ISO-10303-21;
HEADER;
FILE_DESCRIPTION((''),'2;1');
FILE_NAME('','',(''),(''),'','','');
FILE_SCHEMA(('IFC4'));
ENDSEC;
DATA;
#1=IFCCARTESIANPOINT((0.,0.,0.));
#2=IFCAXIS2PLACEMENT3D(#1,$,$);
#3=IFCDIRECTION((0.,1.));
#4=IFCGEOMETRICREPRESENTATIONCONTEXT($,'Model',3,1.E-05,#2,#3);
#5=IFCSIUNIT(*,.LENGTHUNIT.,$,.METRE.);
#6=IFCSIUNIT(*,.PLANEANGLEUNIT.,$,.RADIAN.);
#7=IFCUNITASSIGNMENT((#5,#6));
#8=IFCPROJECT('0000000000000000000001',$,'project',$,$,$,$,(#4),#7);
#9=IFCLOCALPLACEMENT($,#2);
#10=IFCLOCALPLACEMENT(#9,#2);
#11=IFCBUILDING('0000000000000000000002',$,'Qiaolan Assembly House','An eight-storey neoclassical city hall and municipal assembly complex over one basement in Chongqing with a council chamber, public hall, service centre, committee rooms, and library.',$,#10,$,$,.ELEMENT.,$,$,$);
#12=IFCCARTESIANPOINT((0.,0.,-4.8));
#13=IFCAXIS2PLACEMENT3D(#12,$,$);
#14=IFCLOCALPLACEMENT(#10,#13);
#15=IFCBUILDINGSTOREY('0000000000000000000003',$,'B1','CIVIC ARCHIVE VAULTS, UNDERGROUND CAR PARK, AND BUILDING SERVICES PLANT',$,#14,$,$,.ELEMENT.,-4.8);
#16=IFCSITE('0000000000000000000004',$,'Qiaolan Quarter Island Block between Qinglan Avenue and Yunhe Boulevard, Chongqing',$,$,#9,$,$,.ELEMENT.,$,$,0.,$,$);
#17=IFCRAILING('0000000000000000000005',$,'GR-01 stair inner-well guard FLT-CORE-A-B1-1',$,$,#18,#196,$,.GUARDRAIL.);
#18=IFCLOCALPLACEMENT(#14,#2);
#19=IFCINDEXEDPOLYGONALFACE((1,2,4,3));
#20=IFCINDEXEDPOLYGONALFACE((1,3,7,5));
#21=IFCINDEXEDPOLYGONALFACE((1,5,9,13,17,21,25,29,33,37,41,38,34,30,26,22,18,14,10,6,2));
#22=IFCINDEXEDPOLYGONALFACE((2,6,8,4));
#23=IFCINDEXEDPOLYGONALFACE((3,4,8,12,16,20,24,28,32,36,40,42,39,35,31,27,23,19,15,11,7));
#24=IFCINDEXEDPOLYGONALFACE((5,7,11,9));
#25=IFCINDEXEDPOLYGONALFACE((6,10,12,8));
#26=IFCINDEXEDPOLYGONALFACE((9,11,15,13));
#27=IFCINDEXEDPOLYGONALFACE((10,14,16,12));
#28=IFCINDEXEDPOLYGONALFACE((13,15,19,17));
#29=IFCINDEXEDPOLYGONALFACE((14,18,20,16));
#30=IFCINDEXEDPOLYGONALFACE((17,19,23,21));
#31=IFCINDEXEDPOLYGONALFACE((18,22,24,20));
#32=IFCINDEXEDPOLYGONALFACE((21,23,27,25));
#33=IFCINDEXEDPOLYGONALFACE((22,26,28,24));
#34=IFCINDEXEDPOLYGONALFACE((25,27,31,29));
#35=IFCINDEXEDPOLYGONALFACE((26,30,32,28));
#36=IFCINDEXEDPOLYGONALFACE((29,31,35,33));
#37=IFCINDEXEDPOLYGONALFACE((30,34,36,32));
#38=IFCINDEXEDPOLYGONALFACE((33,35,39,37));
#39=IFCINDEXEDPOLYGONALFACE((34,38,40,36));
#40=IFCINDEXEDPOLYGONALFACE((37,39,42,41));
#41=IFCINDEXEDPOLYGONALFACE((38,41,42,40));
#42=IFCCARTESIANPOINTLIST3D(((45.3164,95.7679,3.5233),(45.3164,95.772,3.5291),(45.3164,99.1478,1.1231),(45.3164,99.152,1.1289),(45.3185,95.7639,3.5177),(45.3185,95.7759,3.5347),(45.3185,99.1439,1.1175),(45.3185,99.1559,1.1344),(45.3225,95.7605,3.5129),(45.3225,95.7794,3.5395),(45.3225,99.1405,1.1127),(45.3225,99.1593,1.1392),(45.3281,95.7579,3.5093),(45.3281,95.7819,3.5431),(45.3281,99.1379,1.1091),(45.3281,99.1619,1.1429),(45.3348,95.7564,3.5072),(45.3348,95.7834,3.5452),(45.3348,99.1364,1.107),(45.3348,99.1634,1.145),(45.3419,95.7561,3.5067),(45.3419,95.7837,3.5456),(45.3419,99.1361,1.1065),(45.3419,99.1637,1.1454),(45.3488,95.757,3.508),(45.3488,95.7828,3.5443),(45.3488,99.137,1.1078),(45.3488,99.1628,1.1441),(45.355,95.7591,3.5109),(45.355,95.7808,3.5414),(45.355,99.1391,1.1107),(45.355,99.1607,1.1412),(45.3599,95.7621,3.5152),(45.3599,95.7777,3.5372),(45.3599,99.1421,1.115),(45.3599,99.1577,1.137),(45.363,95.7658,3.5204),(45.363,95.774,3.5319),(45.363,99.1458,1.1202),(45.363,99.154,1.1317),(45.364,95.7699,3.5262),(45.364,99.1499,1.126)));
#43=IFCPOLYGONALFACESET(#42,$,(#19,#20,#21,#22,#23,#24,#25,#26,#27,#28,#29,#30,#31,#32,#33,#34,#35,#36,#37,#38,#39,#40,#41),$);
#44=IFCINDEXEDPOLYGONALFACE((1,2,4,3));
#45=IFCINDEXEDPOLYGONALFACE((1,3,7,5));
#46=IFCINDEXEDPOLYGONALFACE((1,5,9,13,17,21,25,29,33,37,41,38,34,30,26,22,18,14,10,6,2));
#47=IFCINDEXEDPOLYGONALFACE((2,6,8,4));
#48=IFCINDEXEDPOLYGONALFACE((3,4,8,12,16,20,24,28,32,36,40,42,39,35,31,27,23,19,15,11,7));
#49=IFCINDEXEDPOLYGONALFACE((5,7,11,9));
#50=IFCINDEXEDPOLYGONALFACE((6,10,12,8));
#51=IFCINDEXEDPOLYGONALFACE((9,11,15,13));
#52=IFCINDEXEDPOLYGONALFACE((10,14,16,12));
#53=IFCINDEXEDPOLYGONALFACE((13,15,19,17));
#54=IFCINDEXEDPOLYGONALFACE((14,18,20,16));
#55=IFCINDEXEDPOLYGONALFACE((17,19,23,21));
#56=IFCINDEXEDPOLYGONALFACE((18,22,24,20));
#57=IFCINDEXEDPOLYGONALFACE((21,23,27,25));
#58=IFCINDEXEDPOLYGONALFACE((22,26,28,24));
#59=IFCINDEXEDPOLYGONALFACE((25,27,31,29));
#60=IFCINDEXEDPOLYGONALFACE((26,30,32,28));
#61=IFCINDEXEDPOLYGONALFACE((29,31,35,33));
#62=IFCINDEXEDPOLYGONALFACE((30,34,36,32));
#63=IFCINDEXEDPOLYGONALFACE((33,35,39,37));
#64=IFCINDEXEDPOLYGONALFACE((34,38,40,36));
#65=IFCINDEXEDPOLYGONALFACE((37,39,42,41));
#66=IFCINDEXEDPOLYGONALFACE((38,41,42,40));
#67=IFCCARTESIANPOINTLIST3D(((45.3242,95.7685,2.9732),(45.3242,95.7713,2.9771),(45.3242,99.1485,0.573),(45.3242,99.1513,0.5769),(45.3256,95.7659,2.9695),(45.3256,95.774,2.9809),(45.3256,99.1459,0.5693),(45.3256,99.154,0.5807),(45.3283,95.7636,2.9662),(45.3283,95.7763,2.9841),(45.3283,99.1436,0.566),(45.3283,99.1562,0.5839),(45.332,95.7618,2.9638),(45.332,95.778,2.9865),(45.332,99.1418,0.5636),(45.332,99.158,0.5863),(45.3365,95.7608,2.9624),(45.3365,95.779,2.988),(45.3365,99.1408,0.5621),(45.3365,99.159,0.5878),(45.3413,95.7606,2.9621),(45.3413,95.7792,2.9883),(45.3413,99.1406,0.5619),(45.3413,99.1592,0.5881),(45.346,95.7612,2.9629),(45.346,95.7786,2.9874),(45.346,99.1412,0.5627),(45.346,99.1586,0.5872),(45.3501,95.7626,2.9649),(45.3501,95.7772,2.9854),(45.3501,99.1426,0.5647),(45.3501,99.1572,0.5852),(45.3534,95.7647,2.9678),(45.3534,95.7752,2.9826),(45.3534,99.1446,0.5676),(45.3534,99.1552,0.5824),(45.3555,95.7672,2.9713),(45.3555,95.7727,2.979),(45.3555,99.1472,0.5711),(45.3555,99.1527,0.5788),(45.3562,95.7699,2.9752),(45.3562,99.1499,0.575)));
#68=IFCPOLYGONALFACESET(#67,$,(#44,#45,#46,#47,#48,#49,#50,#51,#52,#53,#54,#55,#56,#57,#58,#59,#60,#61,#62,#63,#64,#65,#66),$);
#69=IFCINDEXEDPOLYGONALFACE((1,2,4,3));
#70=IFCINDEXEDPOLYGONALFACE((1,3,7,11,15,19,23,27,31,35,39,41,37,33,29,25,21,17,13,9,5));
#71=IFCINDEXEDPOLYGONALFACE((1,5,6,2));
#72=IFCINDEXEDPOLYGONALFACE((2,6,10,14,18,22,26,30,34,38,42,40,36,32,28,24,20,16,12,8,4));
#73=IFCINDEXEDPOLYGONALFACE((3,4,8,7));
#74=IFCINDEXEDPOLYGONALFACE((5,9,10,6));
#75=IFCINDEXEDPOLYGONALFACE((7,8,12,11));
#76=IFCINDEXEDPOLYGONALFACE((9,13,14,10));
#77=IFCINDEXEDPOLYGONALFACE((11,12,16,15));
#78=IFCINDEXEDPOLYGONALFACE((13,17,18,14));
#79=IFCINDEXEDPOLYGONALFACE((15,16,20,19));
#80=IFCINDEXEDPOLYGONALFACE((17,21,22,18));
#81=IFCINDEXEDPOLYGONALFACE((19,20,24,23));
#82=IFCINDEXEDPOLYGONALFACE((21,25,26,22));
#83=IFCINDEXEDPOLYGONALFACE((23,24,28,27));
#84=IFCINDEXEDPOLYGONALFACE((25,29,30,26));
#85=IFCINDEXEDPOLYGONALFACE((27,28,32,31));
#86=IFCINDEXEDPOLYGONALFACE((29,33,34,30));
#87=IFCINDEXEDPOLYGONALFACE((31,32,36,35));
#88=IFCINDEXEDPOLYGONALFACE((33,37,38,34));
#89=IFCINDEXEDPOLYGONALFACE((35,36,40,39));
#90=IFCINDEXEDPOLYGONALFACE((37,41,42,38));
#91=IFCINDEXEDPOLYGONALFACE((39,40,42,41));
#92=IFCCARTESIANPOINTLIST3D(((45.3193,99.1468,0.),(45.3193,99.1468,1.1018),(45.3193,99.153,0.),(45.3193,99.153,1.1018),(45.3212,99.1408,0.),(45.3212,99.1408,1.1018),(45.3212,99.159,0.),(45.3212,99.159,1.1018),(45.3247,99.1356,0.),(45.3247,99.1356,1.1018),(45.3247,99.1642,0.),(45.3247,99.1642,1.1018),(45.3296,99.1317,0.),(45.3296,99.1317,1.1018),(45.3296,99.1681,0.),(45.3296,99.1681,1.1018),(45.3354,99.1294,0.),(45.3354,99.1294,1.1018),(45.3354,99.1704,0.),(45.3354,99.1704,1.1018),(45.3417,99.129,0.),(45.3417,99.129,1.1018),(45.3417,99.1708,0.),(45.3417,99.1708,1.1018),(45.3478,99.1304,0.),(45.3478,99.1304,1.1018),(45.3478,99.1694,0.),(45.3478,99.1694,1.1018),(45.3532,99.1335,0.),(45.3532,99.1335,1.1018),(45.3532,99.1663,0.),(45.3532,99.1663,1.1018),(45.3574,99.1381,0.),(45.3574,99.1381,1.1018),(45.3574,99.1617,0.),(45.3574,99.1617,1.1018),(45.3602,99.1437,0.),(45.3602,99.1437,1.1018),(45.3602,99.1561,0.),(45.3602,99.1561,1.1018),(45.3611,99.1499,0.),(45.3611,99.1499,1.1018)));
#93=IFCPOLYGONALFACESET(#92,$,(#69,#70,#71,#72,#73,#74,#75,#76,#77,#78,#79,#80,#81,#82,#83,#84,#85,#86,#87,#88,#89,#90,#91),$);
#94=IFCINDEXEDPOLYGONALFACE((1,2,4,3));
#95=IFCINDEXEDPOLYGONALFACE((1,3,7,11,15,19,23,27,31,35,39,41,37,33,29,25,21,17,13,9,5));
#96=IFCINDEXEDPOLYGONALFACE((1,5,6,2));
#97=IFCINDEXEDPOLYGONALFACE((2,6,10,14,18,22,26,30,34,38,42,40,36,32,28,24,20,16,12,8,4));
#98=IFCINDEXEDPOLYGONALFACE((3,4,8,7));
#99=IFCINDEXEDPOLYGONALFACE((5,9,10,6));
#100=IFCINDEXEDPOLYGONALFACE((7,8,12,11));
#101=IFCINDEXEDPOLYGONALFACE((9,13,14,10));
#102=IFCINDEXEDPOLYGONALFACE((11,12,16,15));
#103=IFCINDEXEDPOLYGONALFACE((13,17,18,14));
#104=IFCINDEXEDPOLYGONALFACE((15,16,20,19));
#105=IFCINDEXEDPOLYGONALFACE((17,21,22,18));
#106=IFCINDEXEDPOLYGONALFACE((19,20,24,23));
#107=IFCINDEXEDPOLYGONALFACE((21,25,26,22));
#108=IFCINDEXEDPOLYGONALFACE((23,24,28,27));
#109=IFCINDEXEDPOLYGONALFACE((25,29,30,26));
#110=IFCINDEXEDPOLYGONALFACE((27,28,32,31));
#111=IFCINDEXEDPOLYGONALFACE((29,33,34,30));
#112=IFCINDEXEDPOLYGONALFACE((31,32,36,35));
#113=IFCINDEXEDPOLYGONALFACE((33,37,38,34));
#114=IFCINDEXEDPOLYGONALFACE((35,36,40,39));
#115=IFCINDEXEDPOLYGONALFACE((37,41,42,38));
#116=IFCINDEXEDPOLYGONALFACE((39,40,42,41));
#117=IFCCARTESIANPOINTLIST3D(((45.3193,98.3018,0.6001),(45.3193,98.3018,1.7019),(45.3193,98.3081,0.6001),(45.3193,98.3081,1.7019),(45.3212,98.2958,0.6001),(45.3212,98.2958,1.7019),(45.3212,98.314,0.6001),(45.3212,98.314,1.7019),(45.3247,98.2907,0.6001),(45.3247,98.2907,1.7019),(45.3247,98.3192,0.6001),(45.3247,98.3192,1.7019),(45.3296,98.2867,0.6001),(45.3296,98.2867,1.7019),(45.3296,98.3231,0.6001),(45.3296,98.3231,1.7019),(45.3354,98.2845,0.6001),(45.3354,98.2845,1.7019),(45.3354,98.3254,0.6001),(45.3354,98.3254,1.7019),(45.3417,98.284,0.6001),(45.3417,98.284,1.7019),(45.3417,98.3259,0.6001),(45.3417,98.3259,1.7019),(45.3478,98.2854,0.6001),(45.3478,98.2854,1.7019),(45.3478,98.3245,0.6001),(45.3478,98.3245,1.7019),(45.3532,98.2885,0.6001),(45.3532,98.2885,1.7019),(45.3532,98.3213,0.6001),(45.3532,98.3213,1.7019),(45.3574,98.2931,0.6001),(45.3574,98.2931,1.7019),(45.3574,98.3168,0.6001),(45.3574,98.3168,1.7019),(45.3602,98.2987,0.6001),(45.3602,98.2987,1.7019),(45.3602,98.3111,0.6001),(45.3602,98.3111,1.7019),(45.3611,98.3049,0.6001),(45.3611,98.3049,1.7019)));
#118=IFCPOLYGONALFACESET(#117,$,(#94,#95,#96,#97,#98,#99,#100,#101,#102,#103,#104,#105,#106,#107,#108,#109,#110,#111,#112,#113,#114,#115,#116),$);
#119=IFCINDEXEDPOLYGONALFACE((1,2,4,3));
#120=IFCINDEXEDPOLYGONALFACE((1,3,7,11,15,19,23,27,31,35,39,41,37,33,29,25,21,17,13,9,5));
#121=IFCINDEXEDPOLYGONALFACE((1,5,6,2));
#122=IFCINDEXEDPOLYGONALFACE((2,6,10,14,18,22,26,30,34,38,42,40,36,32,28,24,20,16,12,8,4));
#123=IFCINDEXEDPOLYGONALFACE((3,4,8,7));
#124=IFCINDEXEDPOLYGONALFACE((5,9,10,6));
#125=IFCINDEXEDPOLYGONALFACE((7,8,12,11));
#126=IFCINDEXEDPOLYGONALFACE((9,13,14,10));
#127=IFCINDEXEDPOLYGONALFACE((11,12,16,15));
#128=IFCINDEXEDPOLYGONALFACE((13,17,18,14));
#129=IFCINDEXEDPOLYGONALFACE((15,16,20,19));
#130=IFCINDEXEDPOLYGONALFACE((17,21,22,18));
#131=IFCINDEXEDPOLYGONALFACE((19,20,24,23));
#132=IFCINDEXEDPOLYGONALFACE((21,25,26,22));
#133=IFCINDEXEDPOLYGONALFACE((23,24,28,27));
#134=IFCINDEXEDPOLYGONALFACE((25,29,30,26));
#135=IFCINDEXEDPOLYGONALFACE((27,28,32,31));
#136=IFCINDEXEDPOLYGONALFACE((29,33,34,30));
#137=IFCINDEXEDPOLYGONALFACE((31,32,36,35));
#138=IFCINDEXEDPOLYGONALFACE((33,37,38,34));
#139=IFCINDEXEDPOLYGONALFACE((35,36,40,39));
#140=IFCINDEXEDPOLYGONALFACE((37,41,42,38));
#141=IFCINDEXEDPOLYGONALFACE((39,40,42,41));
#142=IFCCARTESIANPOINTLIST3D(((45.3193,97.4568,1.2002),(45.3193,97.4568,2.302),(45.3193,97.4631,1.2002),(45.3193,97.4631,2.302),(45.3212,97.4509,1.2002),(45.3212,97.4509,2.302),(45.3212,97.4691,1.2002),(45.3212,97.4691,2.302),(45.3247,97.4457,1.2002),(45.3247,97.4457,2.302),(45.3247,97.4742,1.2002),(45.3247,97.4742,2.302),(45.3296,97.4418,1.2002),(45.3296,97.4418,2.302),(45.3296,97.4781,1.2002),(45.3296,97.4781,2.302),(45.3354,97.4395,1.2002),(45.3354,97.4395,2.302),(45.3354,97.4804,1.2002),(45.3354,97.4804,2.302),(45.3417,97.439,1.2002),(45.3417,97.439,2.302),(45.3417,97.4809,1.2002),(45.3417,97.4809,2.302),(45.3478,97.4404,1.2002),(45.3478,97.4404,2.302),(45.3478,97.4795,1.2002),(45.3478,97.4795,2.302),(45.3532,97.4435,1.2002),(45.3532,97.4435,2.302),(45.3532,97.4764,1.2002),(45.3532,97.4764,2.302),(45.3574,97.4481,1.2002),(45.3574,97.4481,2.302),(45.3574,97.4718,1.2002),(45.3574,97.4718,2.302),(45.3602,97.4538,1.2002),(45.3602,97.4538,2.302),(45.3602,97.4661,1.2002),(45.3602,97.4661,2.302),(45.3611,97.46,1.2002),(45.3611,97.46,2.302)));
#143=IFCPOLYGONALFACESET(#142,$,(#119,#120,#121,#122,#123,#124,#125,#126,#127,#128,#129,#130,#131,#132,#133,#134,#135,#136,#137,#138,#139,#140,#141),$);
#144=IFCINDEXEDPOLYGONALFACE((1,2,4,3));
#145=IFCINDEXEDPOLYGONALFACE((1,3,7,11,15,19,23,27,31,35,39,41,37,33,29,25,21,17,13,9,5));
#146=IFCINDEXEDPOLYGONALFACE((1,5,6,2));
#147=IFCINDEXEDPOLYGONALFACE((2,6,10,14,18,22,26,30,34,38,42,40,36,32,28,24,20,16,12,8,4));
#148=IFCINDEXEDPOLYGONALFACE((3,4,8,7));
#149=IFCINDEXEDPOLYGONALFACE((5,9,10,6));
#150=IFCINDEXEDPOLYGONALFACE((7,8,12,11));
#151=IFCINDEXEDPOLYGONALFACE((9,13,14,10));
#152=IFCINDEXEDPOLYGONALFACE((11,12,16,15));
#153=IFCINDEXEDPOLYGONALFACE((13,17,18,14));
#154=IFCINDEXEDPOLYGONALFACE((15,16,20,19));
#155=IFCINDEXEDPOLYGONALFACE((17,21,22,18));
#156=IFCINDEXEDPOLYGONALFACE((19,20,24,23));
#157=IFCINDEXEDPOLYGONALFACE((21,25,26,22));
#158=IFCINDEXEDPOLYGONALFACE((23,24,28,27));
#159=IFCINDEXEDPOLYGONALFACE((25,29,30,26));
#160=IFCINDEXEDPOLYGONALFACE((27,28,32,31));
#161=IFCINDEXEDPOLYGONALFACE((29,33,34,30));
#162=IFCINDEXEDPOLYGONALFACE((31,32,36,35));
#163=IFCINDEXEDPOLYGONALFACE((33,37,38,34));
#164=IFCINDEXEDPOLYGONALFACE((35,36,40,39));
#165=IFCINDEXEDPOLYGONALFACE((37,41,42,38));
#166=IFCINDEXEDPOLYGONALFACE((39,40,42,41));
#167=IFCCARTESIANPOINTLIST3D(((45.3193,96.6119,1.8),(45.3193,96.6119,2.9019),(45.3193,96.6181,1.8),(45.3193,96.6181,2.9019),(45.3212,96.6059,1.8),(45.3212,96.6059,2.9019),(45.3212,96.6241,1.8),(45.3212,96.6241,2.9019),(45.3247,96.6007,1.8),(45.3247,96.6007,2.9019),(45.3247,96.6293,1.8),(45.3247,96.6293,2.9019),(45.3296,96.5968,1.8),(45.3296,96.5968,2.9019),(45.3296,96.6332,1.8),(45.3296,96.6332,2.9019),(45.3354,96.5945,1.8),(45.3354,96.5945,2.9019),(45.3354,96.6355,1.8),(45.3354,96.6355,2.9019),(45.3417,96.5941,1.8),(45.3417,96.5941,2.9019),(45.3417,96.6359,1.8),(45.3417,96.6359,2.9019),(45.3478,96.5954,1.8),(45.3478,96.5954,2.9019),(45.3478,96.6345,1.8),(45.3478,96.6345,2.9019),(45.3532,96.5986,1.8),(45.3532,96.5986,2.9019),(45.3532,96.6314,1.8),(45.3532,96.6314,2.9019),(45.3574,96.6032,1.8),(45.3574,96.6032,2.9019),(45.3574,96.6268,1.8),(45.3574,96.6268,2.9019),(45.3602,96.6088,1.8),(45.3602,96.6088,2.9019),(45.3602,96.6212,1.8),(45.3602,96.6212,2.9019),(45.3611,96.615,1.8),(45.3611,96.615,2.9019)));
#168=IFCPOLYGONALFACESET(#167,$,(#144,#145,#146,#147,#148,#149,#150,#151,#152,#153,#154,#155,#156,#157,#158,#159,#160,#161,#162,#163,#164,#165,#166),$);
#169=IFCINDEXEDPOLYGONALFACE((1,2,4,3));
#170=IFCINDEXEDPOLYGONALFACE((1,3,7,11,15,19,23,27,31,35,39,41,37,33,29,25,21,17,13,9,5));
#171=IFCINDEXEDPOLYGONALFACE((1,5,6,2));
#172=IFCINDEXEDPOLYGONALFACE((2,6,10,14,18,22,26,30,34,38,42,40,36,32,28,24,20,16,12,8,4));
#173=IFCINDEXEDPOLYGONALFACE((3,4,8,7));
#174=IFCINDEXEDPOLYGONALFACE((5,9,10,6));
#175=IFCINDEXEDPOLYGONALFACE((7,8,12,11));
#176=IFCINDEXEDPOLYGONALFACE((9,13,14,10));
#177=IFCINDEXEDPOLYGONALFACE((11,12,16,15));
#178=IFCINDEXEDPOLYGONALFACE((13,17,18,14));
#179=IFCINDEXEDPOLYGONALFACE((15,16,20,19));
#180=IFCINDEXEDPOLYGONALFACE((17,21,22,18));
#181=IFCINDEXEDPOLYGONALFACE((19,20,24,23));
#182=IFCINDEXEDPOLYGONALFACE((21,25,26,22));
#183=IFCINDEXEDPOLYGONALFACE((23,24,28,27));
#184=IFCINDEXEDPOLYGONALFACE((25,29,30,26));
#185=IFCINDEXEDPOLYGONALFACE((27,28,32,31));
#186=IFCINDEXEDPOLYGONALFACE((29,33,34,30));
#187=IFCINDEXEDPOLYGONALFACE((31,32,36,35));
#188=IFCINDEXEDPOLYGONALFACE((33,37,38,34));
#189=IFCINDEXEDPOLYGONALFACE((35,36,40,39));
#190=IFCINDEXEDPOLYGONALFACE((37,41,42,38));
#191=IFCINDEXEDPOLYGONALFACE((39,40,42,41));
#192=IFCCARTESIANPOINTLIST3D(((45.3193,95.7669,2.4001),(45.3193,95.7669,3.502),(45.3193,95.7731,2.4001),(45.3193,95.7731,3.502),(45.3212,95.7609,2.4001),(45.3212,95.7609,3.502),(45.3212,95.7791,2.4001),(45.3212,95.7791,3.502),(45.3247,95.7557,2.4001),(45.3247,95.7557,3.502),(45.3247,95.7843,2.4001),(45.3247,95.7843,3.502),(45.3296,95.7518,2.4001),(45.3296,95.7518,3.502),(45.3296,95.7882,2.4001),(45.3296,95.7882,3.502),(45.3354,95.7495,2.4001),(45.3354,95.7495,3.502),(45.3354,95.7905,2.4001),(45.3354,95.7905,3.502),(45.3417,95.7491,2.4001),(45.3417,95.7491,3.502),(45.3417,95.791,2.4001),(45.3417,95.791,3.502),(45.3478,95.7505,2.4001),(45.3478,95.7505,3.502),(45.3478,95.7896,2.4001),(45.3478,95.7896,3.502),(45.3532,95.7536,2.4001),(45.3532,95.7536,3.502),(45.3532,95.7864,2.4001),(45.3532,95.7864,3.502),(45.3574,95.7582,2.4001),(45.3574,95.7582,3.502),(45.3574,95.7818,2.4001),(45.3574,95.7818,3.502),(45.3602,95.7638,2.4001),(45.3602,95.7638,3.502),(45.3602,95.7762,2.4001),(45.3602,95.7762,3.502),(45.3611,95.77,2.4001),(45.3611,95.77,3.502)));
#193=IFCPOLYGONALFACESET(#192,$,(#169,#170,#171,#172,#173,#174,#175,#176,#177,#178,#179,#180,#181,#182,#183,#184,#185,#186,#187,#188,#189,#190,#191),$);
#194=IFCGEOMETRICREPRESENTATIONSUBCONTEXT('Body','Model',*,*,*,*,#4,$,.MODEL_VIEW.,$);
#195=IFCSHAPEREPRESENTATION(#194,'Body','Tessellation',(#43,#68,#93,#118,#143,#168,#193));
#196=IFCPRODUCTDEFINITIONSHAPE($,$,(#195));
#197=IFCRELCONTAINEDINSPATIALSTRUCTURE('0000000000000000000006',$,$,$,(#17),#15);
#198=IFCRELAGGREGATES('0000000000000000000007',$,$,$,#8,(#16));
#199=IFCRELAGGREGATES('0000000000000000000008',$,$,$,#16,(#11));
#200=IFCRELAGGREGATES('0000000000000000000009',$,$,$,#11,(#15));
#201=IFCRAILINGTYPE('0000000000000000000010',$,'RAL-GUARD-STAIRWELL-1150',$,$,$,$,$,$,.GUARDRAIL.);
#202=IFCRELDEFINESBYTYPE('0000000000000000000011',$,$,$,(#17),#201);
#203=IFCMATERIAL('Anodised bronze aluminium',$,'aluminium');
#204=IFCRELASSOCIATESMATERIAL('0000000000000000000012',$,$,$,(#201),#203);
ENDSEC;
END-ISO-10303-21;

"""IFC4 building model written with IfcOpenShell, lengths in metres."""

from ifc_helpers import new_model, si_unit, direction, frame, origin, origin_2d, place, context, subcontext, project, spatial, circle, extrude, material, type_object, element, save


model = new_model("IFC4")

# Units and contexts
model_context = context("Model", 3, precision=1e-05, world=origin(), true_north=direction((0.0, 1.0)))
body_context = subcontext(model_context, "Body", "Model", "MODEL_VIEW")
ifc_project = project(units=[si_unit("LENGTHUNIT", "METRE"), si_unit("PLANEANGLEUNIT", "RADIAN")], contexts=[model_context])

# Site, building, storey
site_placement = place(None, origin())
site = spatial("IfcSite", under=ifc_project, at=site_placement, Name="Qiaolan Quarter Island Block between Qinglan Avenue and Yunhe Boulevard, Chongqing", CompositionType="ELEMENT", RefElevation=0.0)
building_placement = place(site_placement, origin())
building = spatial("IfcBuilding", under=site, at=building_placement, Name="Qiaolan Assembly House", Description="An eight-storey neoclassical city hall and municipal assembly complex over one basement in Chongqing with a council chamber, public hall, service centre, committee rooms, and library.", CompositionType="ELEMENT")
storey_placement = place(building_placement, frame((0.0, 0.0, -4.8)))
storey = spatial("IfcBuildingStorey", under=building, at=storey_placement, Name="B1", Description="CIVIC ARCHIVE VAULTS, UNDERGROUND CAR PARK, AND BUILDING SERVICES PLANT", CompositionType="ELEMENT", Elevation=-4.8)

# Railing
ifc_material_1 = material(Name="Anodised bronze aluminium", Category="aluminium")
railing_type_1 = type_object("IfcRailingType", Name="RAL-GUARD-STAIRWELL-1150", PredefinedType="GUARDRAIL", material=ifc_material_1)
railing_1_placement = place(storey_placement, frame((45.3401, 99.1499, 0.0)))
element("IfcRailing", 1, at=railing_1_placement, inside=storey, type_object=railing_type_1, Name="GR-01 stair inner-well guard FLT-CORE-A-B1-1", PredefinedType="GUARDRAIL", context=body_context, shape_type="SweptSolid", body=[
    extrude(circle(Radius=0.0239, at=origin_2d()), frame((0.0, 0.0, 1.126), z_axis=(0.0, -0.815334, 0.578991), x_axis=(1.0, 0.0, 0.0)), (0.0, 0.0, 1.0), 4.1455),
    extrude(circle(Radius=0.0161, at=origin_2d()), frame((0.0, 0.0, 0.575), z_axis=(0.0, -0.815334, 0.578991), x_axis=(1.0, 0.0, 0.0)), (0.0, 0.0, 1.0), 4.1455),
    extrude(circle(Radius=0.021, at=origin_2d()), origin(), (0.0, 0.0, 1.0), 1.1018),
    extrude(circle(Radius=0.021, at=origin_2d()), frame((0.0, -0.845, 0.6001)), (0.0, 0.0, 1.0), 1.1018),
    extrude(circle(Radius=0.021, at=origin_2d()), frame((0.0, -1.6899, 1.2002)), (0.0, 0.0, 1.0), 1.1018),
    extrude(circle(Radius=0.021, at=origin_2d()), frame((0.0, -2.5349, 1.8)), (0.0, 0.0, 1.0), 1.1018),
    extrude(circle(Radius=0.021, at=origin_2d()), frame((0.0, -3.3799, 2.4001)), (0.0, 0.0, 1.0), 1.1018),
])

save(model, "model.ifc")
